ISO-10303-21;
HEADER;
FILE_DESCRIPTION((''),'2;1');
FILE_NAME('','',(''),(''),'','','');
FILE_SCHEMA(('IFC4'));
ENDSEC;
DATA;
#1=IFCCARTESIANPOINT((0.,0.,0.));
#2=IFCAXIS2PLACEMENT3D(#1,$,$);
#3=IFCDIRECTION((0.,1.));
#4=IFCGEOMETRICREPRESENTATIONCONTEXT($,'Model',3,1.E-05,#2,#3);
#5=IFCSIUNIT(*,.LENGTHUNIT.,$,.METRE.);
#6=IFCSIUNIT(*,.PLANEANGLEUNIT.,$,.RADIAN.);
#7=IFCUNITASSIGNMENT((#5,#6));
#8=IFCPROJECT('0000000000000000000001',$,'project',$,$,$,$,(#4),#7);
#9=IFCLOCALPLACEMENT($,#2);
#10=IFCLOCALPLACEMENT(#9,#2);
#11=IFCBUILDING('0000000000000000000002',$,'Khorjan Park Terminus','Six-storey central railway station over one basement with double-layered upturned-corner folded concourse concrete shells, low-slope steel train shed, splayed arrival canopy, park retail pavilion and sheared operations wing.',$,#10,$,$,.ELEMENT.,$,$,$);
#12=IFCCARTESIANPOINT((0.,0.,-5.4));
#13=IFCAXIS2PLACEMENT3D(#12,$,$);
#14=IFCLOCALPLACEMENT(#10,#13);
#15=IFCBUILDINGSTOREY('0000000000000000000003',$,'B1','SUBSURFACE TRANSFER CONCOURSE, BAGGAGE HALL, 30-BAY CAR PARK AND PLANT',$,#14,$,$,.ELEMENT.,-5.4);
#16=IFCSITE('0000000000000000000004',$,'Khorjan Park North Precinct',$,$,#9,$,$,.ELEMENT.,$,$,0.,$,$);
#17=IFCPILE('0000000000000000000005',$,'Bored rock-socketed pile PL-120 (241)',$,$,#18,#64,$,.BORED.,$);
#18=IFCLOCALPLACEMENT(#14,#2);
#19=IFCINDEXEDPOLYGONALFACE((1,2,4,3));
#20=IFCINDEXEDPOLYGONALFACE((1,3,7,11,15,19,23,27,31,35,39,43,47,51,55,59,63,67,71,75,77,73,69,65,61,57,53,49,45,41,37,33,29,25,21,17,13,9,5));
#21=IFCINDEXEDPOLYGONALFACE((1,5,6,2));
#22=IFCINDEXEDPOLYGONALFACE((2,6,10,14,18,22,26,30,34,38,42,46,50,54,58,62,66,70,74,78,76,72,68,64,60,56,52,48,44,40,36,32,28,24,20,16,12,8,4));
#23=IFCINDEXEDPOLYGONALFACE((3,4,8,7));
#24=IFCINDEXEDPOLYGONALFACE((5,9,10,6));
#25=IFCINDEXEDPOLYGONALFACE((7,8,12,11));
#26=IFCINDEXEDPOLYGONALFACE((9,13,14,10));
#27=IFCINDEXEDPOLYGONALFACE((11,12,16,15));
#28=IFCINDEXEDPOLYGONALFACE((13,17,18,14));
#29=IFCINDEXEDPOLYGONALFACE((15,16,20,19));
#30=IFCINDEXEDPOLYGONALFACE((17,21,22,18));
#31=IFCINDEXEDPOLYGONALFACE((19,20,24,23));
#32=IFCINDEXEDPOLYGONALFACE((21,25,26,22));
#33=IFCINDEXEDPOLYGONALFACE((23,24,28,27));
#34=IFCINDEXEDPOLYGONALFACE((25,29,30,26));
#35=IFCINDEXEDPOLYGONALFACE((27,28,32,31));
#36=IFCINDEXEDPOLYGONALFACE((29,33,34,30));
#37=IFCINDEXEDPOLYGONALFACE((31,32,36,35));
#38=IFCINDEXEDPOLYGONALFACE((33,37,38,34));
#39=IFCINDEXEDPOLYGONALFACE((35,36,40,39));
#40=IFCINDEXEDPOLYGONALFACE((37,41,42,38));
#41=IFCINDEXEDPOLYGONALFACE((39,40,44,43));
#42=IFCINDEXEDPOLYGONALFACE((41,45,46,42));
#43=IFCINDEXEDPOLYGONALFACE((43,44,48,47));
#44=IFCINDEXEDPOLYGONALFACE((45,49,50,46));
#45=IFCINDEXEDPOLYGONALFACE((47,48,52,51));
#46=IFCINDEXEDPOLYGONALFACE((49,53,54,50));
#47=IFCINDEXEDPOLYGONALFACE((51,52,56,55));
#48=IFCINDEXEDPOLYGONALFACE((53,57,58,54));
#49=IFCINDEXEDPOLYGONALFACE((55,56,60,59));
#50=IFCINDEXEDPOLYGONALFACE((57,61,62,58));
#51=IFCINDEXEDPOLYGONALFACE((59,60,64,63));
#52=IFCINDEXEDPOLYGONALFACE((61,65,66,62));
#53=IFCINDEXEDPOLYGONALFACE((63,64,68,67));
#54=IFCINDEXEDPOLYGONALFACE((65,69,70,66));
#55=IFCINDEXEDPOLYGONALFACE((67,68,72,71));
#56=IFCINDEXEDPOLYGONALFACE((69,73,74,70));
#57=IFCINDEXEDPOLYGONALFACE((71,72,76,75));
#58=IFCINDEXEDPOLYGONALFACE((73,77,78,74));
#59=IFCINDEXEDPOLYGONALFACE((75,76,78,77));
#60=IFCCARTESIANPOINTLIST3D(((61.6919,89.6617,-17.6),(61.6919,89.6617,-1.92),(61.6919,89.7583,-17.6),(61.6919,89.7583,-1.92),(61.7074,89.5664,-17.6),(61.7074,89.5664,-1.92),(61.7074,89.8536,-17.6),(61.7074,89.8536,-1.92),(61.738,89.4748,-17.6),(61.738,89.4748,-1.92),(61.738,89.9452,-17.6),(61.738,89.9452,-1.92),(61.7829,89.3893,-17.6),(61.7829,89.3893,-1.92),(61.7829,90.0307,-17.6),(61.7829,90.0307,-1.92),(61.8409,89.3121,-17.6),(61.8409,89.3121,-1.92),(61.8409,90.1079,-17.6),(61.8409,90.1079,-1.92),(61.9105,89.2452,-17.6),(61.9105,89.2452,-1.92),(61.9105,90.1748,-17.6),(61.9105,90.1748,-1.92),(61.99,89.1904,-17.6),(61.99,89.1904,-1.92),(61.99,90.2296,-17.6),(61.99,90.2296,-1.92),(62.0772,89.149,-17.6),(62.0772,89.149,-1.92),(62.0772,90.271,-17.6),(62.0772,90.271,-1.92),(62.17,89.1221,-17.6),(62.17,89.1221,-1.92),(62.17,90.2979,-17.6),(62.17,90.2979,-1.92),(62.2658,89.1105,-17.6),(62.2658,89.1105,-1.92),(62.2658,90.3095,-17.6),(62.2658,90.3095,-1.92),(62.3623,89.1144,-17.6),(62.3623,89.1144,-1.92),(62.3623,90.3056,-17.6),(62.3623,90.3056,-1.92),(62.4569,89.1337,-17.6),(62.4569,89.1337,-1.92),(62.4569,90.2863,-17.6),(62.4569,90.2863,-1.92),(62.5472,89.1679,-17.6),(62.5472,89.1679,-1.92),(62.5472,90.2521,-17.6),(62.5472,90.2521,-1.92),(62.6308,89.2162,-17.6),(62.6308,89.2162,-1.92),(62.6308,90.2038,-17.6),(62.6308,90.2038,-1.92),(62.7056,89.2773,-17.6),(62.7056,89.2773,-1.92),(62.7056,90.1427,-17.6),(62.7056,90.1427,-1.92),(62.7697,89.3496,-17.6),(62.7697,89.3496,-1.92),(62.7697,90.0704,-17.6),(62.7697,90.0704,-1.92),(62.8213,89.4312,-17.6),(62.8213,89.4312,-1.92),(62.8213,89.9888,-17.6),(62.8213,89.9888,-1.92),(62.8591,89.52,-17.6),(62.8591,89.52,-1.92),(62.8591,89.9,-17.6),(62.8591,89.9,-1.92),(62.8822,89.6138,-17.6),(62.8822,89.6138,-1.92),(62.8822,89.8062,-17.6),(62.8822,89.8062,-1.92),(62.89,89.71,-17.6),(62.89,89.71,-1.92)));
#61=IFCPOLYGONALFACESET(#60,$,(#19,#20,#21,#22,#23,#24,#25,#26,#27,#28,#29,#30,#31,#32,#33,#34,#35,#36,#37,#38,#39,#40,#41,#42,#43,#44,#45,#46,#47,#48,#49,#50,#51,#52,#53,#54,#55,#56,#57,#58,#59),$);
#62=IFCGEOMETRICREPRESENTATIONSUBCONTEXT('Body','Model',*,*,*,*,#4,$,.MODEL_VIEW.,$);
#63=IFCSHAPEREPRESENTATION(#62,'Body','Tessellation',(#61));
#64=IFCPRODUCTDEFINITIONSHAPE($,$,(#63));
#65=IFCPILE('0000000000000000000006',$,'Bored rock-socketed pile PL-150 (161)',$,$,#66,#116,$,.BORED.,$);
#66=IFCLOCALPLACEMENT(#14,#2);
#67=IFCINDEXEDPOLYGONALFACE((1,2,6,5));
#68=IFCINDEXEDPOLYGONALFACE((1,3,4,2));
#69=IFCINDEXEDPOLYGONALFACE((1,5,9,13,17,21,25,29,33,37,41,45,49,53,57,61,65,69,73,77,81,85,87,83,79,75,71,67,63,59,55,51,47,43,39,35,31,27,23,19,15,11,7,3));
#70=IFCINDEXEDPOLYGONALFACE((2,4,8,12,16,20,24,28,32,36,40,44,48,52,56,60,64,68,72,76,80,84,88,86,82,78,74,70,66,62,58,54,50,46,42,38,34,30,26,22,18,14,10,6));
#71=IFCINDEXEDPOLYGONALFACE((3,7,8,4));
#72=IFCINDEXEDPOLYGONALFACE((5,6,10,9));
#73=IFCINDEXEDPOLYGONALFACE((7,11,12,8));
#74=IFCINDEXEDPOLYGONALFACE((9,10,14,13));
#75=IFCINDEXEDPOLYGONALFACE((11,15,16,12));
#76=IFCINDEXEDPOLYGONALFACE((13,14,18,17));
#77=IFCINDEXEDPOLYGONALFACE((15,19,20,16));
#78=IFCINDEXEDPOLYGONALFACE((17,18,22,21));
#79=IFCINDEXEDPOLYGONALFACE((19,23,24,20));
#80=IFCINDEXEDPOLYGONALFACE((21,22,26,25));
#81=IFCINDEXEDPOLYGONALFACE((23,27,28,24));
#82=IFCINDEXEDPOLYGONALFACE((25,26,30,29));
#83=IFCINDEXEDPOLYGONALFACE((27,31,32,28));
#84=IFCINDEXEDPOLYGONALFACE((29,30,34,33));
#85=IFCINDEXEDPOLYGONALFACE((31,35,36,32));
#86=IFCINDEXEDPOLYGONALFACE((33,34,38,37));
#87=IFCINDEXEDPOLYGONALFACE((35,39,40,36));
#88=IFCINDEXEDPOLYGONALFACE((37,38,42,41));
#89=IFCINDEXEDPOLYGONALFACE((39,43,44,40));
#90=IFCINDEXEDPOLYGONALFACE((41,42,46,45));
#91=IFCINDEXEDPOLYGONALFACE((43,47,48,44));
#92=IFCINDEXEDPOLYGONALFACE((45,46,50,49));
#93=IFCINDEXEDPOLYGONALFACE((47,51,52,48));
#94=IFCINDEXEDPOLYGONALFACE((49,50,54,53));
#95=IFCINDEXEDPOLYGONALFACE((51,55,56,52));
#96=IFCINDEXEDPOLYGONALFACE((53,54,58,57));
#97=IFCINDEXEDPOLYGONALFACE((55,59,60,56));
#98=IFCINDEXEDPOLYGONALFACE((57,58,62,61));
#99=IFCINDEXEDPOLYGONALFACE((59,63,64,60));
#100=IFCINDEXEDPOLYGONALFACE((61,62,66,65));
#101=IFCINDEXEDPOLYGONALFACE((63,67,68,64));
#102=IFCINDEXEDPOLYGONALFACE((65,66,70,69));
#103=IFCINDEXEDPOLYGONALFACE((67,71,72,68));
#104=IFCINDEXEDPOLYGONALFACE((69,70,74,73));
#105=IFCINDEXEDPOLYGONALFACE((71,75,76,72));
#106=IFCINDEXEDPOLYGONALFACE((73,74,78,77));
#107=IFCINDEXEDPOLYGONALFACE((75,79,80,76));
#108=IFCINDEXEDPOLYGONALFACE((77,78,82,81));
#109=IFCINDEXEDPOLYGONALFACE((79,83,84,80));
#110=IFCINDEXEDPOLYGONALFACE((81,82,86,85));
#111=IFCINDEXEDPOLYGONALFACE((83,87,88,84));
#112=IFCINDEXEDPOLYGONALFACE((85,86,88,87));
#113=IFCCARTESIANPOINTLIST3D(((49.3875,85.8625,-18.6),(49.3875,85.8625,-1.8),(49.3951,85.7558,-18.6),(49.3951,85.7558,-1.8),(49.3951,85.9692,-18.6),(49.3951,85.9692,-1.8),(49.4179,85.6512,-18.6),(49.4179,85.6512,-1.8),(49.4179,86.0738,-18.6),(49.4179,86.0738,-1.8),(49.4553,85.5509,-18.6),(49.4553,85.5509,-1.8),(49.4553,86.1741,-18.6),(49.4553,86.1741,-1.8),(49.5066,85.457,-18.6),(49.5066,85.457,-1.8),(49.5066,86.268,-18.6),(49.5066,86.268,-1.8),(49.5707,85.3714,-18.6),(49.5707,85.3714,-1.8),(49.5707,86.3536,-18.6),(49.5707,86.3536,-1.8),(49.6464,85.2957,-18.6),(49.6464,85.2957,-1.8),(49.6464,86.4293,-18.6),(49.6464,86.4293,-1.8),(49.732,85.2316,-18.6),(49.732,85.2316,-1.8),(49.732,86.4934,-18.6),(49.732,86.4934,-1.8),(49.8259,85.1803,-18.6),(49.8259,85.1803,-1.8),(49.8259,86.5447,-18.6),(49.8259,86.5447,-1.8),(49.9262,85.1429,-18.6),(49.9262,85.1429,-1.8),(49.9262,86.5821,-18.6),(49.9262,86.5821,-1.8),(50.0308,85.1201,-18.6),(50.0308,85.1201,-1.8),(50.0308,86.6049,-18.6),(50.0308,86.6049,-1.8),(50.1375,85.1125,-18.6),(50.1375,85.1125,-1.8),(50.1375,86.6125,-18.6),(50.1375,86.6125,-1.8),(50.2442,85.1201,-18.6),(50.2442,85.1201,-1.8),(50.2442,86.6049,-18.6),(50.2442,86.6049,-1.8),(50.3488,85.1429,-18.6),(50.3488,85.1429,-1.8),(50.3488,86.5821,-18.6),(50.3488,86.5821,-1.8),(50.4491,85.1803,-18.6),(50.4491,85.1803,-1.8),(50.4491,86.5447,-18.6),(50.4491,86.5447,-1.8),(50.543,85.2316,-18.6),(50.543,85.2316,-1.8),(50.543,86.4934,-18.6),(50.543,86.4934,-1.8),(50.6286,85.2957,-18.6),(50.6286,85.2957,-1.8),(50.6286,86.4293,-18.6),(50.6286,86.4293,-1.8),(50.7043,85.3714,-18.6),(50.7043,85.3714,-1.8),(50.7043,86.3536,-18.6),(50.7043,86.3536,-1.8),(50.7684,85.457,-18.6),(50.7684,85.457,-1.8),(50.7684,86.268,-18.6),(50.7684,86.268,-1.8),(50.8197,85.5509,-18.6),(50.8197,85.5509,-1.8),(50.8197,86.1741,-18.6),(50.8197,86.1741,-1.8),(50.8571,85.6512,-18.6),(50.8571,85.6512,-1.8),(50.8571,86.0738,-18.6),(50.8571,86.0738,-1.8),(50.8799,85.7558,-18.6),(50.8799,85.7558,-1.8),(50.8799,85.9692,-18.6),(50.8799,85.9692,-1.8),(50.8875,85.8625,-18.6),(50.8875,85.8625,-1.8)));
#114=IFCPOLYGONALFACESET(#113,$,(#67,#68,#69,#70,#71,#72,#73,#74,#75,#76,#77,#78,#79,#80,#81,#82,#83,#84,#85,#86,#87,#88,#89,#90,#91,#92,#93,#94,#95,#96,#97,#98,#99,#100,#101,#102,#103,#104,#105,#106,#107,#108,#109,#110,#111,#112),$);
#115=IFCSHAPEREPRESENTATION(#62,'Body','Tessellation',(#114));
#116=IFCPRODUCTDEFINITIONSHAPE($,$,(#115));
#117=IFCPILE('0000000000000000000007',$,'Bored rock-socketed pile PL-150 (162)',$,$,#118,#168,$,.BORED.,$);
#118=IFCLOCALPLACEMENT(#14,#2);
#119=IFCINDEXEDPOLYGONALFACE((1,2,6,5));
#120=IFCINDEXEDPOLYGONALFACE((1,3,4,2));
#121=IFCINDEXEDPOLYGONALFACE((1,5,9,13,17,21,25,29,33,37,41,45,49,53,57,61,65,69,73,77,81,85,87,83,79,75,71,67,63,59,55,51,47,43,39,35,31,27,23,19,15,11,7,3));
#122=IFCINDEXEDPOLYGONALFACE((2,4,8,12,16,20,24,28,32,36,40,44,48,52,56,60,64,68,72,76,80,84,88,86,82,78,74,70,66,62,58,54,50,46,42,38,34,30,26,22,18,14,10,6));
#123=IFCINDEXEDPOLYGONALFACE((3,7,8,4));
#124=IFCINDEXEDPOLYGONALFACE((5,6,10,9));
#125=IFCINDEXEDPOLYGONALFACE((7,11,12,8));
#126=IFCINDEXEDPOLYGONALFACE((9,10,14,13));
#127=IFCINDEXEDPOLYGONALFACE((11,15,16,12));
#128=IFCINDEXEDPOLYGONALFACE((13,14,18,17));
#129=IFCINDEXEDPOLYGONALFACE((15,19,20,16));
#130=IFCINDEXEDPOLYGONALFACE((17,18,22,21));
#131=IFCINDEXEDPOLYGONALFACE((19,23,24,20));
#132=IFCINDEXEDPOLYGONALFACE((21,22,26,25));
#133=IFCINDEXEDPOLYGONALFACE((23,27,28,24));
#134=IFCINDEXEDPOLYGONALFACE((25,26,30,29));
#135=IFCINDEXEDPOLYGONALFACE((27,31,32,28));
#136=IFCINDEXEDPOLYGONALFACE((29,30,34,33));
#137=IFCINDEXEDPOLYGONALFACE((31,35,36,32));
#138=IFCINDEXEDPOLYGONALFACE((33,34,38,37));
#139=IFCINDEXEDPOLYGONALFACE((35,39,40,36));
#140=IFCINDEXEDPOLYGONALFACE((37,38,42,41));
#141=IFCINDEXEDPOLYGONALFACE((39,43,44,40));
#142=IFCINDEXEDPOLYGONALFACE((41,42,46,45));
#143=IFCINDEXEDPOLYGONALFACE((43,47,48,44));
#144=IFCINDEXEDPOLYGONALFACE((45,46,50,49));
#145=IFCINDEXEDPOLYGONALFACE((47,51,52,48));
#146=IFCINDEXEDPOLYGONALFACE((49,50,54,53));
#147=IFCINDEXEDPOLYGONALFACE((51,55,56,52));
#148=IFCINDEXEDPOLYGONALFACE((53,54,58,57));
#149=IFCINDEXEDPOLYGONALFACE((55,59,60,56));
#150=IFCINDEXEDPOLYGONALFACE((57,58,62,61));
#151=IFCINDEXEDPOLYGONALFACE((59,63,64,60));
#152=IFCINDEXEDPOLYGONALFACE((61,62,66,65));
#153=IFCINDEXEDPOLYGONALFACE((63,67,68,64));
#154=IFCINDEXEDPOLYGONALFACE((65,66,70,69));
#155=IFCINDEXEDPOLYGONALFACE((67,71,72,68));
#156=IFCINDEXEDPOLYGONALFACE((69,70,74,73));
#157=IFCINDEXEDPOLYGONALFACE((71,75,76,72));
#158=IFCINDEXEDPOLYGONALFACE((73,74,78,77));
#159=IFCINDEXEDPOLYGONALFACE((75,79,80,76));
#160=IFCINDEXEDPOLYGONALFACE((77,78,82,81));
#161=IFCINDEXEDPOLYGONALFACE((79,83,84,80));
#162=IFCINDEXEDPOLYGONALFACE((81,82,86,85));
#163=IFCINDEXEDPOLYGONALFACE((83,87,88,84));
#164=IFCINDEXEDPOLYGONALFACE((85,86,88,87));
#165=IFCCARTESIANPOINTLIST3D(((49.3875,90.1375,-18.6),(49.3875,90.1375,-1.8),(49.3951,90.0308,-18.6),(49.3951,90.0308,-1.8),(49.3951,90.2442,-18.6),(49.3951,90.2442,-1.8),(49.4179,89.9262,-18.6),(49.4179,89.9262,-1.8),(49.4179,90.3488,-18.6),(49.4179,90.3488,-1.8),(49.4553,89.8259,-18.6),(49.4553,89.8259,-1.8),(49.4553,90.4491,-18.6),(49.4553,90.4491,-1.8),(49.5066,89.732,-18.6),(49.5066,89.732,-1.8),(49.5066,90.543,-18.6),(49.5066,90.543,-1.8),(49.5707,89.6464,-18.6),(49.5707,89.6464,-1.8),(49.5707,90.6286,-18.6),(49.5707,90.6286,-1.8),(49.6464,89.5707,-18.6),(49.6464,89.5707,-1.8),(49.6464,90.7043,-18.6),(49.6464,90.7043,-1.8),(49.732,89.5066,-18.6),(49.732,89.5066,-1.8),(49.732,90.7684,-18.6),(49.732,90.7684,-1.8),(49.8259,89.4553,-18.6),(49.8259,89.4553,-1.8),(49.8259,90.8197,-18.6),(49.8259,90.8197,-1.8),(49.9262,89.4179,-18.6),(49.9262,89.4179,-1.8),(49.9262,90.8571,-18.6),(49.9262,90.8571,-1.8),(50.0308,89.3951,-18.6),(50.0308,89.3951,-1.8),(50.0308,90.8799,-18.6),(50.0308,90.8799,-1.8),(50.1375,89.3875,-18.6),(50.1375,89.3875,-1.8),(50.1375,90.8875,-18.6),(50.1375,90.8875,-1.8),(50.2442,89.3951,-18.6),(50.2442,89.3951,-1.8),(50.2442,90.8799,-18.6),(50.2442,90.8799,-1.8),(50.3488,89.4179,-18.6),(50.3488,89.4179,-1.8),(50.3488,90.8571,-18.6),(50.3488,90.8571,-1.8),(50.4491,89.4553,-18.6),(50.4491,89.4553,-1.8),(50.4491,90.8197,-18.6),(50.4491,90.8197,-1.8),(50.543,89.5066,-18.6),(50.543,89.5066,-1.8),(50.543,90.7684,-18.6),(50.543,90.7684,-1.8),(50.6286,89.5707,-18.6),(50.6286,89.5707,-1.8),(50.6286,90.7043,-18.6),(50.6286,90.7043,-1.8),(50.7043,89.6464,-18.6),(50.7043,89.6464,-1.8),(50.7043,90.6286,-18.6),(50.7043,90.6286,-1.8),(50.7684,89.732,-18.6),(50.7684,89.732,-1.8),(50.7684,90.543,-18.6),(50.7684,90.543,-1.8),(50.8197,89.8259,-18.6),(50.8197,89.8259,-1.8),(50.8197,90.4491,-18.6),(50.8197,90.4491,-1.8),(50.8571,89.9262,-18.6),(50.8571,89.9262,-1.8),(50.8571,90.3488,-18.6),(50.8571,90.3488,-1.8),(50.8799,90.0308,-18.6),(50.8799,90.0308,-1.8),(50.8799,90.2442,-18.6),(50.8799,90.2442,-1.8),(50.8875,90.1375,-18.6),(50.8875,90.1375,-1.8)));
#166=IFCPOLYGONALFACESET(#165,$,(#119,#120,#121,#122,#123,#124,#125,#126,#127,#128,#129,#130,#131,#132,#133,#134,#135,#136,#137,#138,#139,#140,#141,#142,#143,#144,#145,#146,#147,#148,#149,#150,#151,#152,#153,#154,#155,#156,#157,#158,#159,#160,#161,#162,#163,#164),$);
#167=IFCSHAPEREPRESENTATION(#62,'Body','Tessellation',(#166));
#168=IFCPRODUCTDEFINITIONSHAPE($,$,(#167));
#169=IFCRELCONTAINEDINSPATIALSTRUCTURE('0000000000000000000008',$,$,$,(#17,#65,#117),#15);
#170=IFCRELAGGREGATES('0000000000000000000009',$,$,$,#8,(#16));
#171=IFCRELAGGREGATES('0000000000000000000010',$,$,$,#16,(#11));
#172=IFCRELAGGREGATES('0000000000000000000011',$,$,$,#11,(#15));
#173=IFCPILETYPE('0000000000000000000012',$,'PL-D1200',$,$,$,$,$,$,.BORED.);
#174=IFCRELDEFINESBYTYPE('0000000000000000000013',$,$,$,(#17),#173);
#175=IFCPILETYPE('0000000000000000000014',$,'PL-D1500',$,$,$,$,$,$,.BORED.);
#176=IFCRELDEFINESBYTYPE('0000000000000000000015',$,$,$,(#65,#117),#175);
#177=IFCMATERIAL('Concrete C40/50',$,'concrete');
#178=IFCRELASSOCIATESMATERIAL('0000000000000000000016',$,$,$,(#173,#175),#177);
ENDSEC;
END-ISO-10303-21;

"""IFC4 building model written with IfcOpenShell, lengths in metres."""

from ifc_helpers import new_model, si_unit, direction, frame, origin, origin_2d, place, context, subcontext, project, spatial, circle, extrude, material, material_profile, profile_set, type_object, element, save


model = new_model("IFC4")

# Units and contexts
model_context = context("Model", 3, precision=1e-05, world=origin(), true_north=direction((0.0, 1.0)))
body_context = subcontext(model_context, "Body", "Model", "MODEL_VIEW")
ifc_project = project(units=[si_unit("LENGTHUNIT", "METRE"), si_unit("PLANEANGLEUNIT", "RADIAN")], contexts=[model_context])

# Site, building, storey
site_placement = place(None, origin())
site = spatial("IfcSite", under=ifc_project, at=site_placement, Name="Khorjan Park North Precinct", CompositionType="ELEMENT", RefElevation=0.0)
building_placement = place(site_placement, origin())
building = spatial("IfcBuilding", under=site, at=building_placement, Name="Khorjan Park Terminus", Description="Six-storey central railway station over one basement with double-layered upturned-corner folded concourse concrete shells, low-slope steel train shed, splayed arrival canopy, park retail pavilion and sheared operations wing.", CompositionType="ELEMENT")
storey_placement = place(building_placement, frame((0.0, 0.0, -5.4)))
storey = spatial("IfcBuildingStorey", under=building, at=storey_placement, Name="B1", Description="SUBSURFACE TRANSFER CONCOURSE, BAGGAGE HALL, 30-BAY CAR PARK AND PLANT", CompositionType="ELEMENT", Elevation=-5.4)

# Shared definitions
ifc_material_1 = material(Name="Concrete C40/50", Category="concrete")

# Piles
ifc_material_profile_1 = material_profile(ifc_material_1, circle(Radius=0.6, at=origin_2d()), Name="BORED D1200")
ifc_profile_set_1 = profile_set([ifc_material_profile_1], Name="Concrete C40/50")
pile_type_1 = type_object("IfcPileType", Name="PL-D1200", PredefinedType="BORED", material=ifc_profile_set_1)
for number, where, z_axis, x_axis, name in (
    (1, (62.29, 89.71, -1.92), (0.0, 0.0, -1.0), (1.0, 0.0, 0.0), "Bored rock-socketed pile PL-120 (241)"),
):
    element("IfcPile", number, at=place(storey_placement, frame(where, z_axis=z_axis, x_axis=x_axis)), inside=storey, type_object=pile_type_1, Name=name, PredefinedType="BORED", context=body_context, shape_type="SweptSolid", body=[
        extrude(circle(Radius=0.6, at=origin_2d()), origin(), (0.0, 0.0, 1.0), 15.68),
    ])
ifc_material_profile_2 = material_profile(ifc_material_1, circle(Radius=0.75, at=origin_2d()), Name="BORED D1500")
ifc_profile_set_2 = profile_set([ifc_material_profile_2], Name="Concrete C40/50")
pile_type_2 = type_object("IfcPileType", Name="PL-D1500", PredefinedType="BORED", material=ifc_profile_set_2)
for number, where, z_axis, x_axis, name in (
    (2, (50.1375, 85.8625, -1.8), (0.0, 0.0, -1.0), (1.0, 0.0, 0.0), "Bored rock-socketed pile PL-150 (161)"),
    (3, (50.1375, 90.1375, -1.8), (0.0, 0.0, -1.0), (1.0, 0.0, 0.0), "Bored rock-socketed pile PL-150 (162)"),
):
    element("IfcPile", number, at=place(storey_placement, frame(where, z_axis=z_axis, x_axis=x_axis)), inside=storey, type_object=pile_type_2, Name=name, PredefinedType="BORED", context=body_context, shape_type="SweptSolid", body=[
        extrude(circle(Radius=0.75, at=origin_2d()), origin(), (0.0, 0.0, 1.0), 16.8),
    ])

save(model, "model.ifc")
